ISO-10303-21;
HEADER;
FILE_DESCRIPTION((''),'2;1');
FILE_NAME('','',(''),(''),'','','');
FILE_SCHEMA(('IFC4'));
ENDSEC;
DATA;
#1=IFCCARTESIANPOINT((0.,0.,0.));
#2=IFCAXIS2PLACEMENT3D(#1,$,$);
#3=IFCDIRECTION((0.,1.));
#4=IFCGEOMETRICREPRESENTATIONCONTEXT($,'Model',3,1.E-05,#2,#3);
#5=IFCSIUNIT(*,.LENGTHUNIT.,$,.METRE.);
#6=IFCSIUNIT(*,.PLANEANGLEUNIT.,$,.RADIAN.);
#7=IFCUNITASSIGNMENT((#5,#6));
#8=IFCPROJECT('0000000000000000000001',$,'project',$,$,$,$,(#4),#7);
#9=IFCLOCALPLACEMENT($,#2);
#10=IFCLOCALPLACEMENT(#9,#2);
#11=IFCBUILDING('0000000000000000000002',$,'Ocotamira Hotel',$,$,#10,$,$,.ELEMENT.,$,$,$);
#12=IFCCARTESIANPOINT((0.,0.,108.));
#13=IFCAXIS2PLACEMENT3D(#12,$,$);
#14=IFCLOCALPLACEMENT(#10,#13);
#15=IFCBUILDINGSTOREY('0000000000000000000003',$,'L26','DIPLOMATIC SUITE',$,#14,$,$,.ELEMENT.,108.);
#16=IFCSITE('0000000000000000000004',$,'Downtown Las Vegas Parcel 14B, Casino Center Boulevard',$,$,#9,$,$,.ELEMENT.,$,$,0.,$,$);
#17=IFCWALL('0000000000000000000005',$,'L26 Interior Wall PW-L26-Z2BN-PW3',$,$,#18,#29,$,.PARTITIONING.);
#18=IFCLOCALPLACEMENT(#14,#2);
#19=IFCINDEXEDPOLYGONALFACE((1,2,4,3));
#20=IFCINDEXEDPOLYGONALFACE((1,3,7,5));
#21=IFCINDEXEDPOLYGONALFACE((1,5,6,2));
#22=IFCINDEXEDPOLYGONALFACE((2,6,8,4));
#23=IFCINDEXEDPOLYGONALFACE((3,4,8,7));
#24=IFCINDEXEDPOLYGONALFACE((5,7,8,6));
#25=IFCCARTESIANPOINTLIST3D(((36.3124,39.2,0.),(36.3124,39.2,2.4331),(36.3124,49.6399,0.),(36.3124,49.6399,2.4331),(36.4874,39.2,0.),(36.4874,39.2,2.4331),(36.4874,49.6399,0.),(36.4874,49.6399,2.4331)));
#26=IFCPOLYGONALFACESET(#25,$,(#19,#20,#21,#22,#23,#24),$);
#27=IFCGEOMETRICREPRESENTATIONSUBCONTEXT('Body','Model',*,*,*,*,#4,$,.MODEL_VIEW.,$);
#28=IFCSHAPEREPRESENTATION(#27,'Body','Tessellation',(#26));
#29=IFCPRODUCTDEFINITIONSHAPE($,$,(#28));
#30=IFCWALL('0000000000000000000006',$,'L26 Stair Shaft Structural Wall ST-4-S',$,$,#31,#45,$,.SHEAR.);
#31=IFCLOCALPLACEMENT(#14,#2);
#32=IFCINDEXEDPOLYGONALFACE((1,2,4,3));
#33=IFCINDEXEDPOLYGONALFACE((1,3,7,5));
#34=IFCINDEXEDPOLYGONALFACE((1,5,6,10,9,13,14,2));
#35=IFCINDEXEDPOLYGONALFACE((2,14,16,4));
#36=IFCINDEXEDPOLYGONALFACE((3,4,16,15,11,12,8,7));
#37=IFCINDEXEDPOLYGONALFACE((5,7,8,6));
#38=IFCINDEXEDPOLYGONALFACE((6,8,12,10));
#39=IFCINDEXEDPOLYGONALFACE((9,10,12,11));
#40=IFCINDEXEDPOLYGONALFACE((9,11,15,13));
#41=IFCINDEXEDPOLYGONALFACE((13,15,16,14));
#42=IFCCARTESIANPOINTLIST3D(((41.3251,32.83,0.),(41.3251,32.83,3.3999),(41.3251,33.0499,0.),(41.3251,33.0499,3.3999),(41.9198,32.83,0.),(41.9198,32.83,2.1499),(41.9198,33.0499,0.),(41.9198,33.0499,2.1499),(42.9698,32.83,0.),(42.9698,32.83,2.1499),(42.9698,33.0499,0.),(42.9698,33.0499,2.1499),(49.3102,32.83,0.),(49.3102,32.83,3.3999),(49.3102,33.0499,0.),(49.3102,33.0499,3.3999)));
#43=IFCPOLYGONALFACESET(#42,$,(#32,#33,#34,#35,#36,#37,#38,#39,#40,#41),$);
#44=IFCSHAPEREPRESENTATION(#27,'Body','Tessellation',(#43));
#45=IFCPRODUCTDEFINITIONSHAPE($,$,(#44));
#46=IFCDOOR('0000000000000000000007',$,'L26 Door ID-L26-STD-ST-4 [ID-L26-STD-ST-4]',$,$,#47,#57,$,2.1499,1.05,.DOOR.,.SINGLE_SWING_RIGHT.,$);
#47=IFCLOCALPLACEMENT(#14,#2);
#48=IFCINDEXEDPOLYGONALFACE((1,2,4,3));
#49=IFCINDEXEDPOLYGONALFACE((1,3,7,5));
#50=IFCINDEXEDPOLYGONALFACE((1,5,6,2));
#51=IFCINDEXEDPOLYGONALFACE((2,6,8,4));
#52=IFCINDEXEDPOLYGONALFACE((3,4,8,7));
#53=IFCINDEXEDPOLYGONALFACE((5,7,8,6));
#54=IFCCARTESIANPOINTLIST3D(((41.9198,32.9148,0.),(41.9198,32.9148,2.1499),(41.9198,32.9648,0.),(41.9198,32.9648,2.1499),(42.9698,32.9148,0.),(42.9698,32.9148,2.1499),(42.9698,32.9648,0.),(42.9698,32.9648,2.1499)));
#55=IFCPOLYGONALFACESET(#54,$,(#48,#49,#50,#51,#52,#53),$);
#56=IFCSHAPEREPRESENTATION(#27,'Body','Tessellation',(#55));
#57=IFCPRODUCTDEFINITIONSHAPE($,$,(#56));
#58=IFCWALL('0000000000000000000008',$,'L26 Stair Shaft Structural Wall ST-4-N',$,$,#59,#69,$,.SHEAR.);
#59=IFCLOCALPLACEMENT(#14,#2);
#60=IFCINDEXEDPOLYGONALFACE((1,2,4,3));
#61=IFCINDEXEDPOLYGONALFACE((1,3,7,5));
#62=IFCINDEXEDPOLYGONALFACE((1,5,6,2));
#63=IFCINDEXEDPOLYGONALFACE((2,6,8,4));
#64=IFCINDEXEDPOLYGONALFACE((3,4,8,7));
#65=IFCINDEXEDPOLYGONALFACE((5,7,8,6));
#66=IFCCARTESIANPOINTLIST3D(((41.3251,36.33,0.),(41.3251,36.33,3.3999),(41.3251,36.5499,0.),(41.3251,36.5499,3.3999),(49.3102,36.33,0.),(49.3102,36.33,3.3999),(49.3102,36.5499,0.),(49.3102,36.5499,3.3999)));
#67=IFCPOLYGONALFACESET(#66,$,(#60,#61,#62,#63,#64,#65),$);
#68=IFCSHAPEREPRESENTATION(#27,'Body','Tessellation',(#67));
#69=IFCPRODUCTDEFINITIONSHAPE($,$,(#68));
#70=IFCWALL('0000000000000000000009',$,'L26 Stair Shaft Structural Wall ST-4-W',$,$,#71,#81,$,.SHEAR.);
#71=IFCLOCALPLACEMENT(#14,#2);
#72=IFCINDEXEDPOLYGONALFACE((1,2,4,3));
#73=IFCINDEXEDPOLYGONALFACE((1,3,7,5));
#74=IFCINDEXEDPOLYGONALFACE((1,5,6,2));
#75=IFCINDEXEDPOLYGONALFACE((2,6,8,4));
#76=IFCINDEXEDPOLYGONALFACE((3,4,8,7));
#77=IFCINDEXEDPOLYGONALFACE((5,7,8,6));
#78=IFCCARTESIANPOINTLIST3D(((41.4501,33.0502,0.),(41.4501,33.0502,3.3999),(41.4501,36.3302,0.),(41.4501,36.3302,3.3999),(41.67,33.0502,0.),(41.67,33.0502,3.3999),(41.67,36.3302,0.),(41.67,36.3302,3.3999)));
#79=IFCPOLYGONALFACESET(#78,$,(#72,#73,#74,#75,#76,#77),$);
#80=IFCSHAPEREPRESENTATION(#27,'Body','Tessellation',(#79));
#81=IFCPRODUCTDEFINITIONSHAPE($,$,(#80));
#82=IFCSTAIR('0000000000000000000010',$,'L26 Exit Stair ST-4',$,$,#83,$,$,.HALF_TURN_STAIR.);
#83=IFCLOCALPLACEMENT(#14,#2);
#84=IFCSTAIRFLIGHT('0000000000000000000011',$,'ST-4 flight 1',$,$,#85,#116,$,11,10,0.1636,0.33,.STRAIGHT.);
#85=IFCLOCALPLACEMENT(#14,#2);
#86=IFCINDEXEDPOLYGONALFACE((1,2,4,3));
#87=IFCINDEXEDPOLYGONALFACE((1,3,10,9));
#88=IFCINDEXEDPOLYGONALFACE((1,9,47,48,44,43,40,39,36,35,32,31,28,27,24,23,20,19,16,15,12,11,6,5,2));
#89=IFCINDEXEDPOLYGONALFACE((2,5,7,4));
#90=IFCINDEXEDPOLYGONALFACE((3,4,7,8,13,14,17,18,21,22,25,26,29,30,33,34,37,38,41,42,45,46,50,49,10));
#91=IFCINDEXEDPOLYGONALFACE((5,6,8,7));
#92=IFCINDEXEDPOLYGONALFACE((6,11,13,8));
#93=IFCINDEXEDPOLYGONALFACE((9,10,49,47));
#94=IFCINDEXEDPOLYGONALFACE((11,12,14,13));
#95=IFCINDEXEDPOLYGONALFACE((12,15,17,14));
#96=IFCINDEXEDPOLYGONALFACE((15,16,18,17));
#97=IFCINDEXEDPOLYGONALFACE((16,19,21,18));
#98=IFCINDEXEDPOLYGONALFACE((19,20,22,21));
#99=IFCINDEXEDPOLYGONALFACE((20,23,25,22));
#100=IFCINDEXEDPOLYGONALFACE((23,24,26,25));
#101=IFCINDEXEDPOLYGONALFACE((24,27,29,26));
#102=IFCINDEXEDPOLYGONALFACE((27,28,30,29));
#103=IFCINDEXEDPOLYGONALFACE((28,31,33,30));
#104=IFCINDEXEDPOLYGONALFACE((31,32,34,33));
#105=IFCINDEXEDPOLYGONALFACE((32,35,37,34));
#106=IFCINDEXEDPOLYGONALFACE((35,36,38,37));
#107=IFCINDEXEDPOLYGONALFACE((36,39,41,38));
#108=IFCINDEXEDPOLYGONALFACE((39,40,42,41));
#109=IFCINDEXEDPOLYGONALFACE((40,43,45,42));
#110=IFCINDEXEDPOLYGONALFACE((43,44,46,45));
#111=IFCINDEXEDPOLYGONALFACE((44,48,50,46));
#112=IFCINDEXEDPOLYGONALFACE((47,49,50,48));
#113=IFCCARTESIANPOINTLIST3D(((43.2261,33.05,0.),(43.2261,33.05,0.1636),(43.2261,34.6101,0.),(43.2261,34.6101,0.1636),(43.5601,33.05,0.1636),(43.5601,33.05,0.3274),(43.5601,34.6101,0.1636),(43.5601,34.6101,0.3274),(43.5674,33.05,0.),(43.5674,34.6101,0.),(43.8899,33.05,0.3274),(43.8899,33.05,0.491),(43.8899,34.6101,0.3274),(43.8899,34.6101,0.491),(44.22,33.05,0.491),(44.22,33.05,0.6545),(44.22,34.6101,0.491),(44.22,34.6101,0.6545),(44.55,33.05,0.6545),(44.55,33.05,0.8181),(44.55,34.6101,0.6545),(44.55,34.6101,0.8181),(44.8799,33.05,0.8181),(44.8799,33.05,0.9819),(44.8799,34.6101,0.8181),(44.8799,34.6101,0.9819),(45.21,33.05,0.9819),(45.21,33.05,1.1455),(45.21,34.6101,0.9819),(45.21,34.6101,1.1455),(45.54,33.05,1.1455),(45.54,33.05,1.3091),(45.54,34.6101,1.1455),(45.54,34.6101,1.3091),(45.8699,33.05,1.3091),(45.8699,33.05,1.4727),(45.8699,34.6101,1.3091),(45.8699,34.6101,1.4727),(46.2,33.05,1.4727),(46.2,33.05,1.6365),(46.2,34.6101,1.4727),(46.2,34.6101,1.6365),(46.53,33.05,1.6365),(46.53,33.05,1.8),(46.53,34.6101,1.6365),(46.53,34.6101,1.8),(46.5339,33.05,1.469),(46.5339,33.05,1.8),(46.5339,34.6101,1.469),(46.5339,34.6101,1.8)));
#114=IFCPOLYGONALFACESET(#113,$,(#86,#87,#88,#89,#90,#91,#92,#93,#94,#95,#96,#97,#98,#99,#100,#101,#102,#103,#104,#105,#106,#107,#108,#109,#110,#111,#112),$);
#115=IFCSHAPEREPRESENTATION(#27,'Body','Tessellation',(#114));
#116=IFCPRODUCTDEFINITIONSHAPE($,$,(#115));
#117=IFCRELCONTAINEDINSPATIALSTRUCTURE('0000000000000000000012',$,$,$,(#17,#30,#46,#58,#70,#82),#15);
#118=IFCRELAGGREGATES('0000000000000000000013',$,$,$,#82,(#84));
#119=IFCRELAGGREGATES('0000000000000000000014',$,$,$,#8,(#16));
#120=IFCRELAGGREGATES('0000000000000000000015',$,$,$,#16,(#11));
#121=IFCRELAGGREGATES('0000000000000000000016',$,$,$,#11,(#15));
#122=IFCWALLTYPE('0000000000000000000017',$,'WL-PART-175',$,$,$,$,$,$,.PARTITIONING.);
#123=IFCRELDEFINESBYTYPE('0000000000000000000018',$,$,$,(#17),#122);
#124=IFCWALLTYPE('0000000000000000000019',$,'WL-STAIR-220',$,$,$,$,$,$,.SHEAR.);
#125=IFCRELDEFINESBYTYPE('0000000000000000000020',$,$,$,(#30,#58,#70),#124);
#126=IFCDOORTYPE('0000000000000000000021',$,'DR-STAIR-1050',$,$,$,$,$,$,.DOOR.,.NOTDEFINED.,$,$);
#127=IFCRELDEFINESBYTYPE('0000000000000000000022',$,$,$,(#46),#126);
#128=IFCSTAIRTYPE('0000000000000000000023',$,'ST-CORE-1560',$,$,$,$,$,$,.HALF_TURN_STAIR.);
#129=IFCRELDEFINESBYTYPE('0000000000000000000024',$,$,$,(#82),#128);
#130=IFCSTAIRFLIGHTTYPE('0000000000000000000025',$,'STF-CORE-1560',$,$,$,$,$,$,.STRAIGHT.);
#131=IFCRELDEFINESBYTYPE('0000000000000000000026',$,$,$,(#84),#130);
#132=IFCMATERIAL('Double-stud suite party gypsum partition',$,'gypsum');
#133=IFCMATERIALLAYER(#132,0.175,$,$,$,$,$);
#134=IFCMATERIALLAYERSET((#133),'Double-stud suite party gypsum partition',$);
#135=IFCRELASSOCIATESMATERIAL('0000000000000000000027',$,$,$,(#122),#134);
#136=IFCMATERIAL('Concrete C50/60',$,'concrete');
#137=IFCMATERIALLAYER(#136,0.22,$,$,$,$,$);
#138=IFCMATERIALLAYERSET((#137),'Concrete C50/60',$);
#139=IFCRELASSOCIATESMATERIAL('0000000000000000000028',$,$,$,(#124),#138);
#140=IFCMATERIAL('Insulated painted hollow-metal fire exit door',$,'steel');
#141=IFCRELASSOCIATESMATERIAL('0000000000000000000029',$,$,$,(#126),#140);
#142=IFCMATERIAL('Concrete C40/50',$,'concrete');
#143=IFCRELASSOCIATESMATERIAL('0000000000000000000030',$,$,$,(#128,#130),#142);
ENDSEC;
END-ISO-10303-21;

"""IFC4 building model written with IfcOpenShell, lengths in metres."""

from ifc_helpers import new_model, si_unit, direction, frame, frame_2d, origin, place, context, subcontext, project, spatial, polyline, rectangle, outline, extrude, source, transform, mapped, material, layer, layer_set, type_object, element, fill, aggregate, save


model = new_model("IFC4")

# Units and contexts
model_context = context("Model", 3, precision=1e-05, world=origin(), true_north=direction((0.0, 1.0)))
body_context = subcontext(model_context, "Body", "Model", "MODEL_VIEW")
ifc_project = project(units=[si_unit("LENGTHUNIT", "METRE"), si_unit("PLANEANGLEUNIT", "RADIAN")], contexts=[model_context])

# Site, building, storey
site_placement = place(None, origin())
site = spatial("IfcSite", under=ifc_project, at=site_placement, Name="Downtown Las Vegas Parcel 14B, Casino Center Boulevard", CompositionType="ELEMENT", RefElevation=0.0)
building_placement = place(site_placement, origin())
building = spatial("IfcBuilding", under=site, at=building_placement, Name="Ocotamira Hotel", CompositionType="ELEMENT")
storey_placement = place(building_placement, frame((0.0, 0.0, 108.0)))
storey = spatial("IfcBuildingStorey", under=building, at=storey_placement, Name="L26", Description="DIPLOMATIC SUITE", CompositionType="ELEMENT", Elevation=108.0)

# Wall
ifc_material_1 = material(Name="Double-stud suite party gypsum partition", Category="gypsum")
ifc_layer_1 = layer(ifc_material_1, 0.175)
ifc_layer_set_1 = layer_set([ifc_layer_1], Name="Double-stud suite party gypsum partition")
wall_type_1 = type_object("IfcWallType", Name="WL-PART-175", PredefinedType="PARTITIONING", material=ifc_layer_set_1)
wall_1_placement = place(storey_placement, frame((36.3999, 39.2, 0.0), z_axis=(0.0, 0.0, 1.0), x_axis=(0.0, 1.0, 0.0)))
element("IfcWall", 1, at=wall_1_placement, inside=storey, type_object=wall_type_1, Name="L26 Interior Wall PW-L26-Z2BN-PW3", PredefinedType="PARTITIONING", context=body_context, shape_type="SweptSolid", body=[
    extrude(rectangle(XDim=10.4399, YDim=0.175, at=frame_2d((5.22, 0.0))), origin(), (0.0, 0.0, 1.0), 2.4331),
])

# Wall, opening, door
ifc_material_2 = material(Name="Concrete C50/60", Category="concrete")
ifc_layer_2 = layer(ifc_material_2, 0.22)
ifc_layer_set_2 = layer_set([ifc_layer_2], Name="Concrete C50/60")
wall_type_2 = type_object("IfcWallType", Name="WL-STAIR-220", PredefinedType="SHEAR", material=ifc_layer_set_2)
wall_2_placement = place(storey_placement, frame((41.325, 32.9399, 0.0), z_axis=(0.0, 0.0, 1.0), x_axis=(1.0, 0.0, 0.0)))
wall_2 = element("IfcWall", 2, at=wall_2_placement, inside=storey, type_object=wall_type_2, Name="L26 Stair Shaft Structural Wall ST-4-S", PredefinedType="SHEAR", context=body_context, shape_type="SweptSolid", body=[
    extrude(rectangle(XDim=7.9851, YDim=0.22, at=frame_2d((3.9927, 0.0))), origin(), (0.0, 0.0, 1.0), 3.3999),
])
opening_1_placement = place(wall_2_placement, frame((0.595, 0.0, 0.0)))
opening_1 = element("IfcOpeningElement", 3, at=opening_1_placement, cuts=wall_2, PredefinedType="OPENING", context=body_context, shape_type="SweptSolid", body=[
    extrude(rectangle(XDim=1.05, YDim=2.1499, at=frame_2d((0.5249, 1.075))), frame((0.0, 0.1201, 0.0), z_axis=(0.0, -1.0, 0.0), x_axis=(1.0, 0.0, 0.0)), (0.0, 0.0, 1.0), 0.24),
])
ifc_material_3 = material(Name="Insulated painted hollow-metal fire exit door", Category="steel")
door_type_1 = type_object("IfcDoorType", Name="DR-STAIR-1050", OperationType="NOTDEFINED", PredefinedType="DOOR", material=ifc_material_3)
shared_shape_1 = source(origin(), body_context, "Body", "SweptSolid", [
    extrude(rectangle(XDim=1.05, YDim=2.1499, at=frame_2d((0.5249, 1.075))), frame((0.0, 0.0249, 0.0), z_axis=(0.0, -1.0, 0.0), x_axis=(1.0, 0.0, 0.0)), (0.0, 0.0, 1.0), 0.05),
])
door_1_placement = place(opening_1_placement, origin())
door_1 = element("IfcDoor", 4, at=door_1_placement, inside=storey, type_object=door_type_1, Name="L26 Door ID-L26-STD-ST-4 [ID-L26-STD-ST-4]", OperationType="SINGLE_SWING_RIGHT", OverallHeight=2.1499, OverallWidth=1.05, PredefinedType="DOOR", context=body_context, shape_type="MappedRepresentation", body=[
    mapped(shared_shape_1, transform((0.0, 0.0, 0.0), scale=1.0)),
])
fill(opening_1, door_1)

# Walls
wall_3_placement = place(storey_placement, frame((41.325, 36.4399, 0.0), z_axis=(0.0, 0.0, 1.0), x_axis=(1.0, 0.0, 0.0)))
element("IfcWall", 5, at=wall_3_placement, inside=storey, type_object=wall_type_2, Name="L26 Stair Shaft Structural Wall ST-4-N", PredefinedType="SHEAR", context=body_context, shape_type="SweptSolid", body=[
    extrude(rectangle(XDim=7.9851, YDim=0.22, at=frame_2d((3.9927, 0.0))), origin(), (0.0, 0.0, 1.0), 3.3999),
])
wall_4_placement = place(storey_placement, frame((41.5601, 33.05, 0.0), z_axis=(0.0, 0.0, 1.0), x_axis=(0.0, 1.0, 0.0)))
element("IfcWall", 6, at=wall_4_placement, inside=storey, type_object=wall_type_2, Name="L26 Stair Shaft Structural Wall ST-4-W", PredefinedType="SHEAR", context=body_context, shape_type="SweptSolid", body=[
    extrude(rectangle(XDim=3.28, YDim=0.22, at=frame_2d((1.6401, 0.0))), origin(), (0.0, 0.0, 1.0), 3.3999),
])

# Stair, stair flight
ifc_material_4 = material(Name="Concrete C40/50", Category="concrete")
stair_type = type_object("IfcStairType", Name="ST-CORE-1560", PredefinedType="HALF_TURN_STAIR", material=ifc_material_4)
stair_placement = place(storey_placement, origin())
stair = element("IfcStair", 7, at=stair_placement, inside=storey, type_object=stair_type, Name="L26 Exit Stair ST-4", PredefinedType="HALF_TURN_STAIR")
stair_flight_type = type_object("IfcStairFlightType", Name="STF-CORE-1560", PredefinedType="STRAIGHT", material=ifc_material_4)
shared_shape_2 = source(origin(), body_context, "Body", "SweptSolid", [
    extrude(outline(polyline([(-0.0039, 0.0), (-0.0039, 0.1636), (0.3301, 0.1636), (0.3301, 0.3274), (0.6599, 0.3274), (0.6599, 0.491), (0.99, 0.491), (0.99, 0.6545), (1.3201, 0.6545), (1.3201, 0.8181), (1.6499, 0.8181), (1.6499, 0.9819), (1.98, 0.9819), (1.98, 1.1455), (2.3101, 1.1455), (2.3101, 1.3091), (2.6399, 1.3091), (2.6399, 1.4727), (2.97, 1.4727), (2.97, 1.6365), (3.3, 1.6365), (3.3, 1.8), (3.304, 1.8), (3.304, 1.469), (0.3374, 0.0), (-0.0039, 0.0)])), frame((0.0, 0.78, 0.0), z_axis=(0.0, -1.0, 0.0), x_axis=(1.0, 0.0, 0.0)), (0.0, 0.0, 1.0), 1.5601),
])
stair_flight_placement = place(storey_placement, frame((43.23, 33.8301, 0.0), z_axis=(0.0, 0.0, 1.0), x_axis=(1.0, 0.0, 0.0)))
stair_flight = element("IfcStairFlight", 8, at=stair_flight_placement, type_object=stair_flight_type, Name="ST-4 flight 1", NumberOfRisers=11, NumberOfTreads=10, PredefinedType="STRAIGHT", RiserHeight=0.1636, TreadLength=0.33, context=body_context, shape_type="MappedRepresentation", body=[
    mapped(shared_shape_2, transform((0.0, 0.0, 0.0), scale=1.0)),
])
aggregate(stair, [stair_flight])

save(model, "model.ifc")
